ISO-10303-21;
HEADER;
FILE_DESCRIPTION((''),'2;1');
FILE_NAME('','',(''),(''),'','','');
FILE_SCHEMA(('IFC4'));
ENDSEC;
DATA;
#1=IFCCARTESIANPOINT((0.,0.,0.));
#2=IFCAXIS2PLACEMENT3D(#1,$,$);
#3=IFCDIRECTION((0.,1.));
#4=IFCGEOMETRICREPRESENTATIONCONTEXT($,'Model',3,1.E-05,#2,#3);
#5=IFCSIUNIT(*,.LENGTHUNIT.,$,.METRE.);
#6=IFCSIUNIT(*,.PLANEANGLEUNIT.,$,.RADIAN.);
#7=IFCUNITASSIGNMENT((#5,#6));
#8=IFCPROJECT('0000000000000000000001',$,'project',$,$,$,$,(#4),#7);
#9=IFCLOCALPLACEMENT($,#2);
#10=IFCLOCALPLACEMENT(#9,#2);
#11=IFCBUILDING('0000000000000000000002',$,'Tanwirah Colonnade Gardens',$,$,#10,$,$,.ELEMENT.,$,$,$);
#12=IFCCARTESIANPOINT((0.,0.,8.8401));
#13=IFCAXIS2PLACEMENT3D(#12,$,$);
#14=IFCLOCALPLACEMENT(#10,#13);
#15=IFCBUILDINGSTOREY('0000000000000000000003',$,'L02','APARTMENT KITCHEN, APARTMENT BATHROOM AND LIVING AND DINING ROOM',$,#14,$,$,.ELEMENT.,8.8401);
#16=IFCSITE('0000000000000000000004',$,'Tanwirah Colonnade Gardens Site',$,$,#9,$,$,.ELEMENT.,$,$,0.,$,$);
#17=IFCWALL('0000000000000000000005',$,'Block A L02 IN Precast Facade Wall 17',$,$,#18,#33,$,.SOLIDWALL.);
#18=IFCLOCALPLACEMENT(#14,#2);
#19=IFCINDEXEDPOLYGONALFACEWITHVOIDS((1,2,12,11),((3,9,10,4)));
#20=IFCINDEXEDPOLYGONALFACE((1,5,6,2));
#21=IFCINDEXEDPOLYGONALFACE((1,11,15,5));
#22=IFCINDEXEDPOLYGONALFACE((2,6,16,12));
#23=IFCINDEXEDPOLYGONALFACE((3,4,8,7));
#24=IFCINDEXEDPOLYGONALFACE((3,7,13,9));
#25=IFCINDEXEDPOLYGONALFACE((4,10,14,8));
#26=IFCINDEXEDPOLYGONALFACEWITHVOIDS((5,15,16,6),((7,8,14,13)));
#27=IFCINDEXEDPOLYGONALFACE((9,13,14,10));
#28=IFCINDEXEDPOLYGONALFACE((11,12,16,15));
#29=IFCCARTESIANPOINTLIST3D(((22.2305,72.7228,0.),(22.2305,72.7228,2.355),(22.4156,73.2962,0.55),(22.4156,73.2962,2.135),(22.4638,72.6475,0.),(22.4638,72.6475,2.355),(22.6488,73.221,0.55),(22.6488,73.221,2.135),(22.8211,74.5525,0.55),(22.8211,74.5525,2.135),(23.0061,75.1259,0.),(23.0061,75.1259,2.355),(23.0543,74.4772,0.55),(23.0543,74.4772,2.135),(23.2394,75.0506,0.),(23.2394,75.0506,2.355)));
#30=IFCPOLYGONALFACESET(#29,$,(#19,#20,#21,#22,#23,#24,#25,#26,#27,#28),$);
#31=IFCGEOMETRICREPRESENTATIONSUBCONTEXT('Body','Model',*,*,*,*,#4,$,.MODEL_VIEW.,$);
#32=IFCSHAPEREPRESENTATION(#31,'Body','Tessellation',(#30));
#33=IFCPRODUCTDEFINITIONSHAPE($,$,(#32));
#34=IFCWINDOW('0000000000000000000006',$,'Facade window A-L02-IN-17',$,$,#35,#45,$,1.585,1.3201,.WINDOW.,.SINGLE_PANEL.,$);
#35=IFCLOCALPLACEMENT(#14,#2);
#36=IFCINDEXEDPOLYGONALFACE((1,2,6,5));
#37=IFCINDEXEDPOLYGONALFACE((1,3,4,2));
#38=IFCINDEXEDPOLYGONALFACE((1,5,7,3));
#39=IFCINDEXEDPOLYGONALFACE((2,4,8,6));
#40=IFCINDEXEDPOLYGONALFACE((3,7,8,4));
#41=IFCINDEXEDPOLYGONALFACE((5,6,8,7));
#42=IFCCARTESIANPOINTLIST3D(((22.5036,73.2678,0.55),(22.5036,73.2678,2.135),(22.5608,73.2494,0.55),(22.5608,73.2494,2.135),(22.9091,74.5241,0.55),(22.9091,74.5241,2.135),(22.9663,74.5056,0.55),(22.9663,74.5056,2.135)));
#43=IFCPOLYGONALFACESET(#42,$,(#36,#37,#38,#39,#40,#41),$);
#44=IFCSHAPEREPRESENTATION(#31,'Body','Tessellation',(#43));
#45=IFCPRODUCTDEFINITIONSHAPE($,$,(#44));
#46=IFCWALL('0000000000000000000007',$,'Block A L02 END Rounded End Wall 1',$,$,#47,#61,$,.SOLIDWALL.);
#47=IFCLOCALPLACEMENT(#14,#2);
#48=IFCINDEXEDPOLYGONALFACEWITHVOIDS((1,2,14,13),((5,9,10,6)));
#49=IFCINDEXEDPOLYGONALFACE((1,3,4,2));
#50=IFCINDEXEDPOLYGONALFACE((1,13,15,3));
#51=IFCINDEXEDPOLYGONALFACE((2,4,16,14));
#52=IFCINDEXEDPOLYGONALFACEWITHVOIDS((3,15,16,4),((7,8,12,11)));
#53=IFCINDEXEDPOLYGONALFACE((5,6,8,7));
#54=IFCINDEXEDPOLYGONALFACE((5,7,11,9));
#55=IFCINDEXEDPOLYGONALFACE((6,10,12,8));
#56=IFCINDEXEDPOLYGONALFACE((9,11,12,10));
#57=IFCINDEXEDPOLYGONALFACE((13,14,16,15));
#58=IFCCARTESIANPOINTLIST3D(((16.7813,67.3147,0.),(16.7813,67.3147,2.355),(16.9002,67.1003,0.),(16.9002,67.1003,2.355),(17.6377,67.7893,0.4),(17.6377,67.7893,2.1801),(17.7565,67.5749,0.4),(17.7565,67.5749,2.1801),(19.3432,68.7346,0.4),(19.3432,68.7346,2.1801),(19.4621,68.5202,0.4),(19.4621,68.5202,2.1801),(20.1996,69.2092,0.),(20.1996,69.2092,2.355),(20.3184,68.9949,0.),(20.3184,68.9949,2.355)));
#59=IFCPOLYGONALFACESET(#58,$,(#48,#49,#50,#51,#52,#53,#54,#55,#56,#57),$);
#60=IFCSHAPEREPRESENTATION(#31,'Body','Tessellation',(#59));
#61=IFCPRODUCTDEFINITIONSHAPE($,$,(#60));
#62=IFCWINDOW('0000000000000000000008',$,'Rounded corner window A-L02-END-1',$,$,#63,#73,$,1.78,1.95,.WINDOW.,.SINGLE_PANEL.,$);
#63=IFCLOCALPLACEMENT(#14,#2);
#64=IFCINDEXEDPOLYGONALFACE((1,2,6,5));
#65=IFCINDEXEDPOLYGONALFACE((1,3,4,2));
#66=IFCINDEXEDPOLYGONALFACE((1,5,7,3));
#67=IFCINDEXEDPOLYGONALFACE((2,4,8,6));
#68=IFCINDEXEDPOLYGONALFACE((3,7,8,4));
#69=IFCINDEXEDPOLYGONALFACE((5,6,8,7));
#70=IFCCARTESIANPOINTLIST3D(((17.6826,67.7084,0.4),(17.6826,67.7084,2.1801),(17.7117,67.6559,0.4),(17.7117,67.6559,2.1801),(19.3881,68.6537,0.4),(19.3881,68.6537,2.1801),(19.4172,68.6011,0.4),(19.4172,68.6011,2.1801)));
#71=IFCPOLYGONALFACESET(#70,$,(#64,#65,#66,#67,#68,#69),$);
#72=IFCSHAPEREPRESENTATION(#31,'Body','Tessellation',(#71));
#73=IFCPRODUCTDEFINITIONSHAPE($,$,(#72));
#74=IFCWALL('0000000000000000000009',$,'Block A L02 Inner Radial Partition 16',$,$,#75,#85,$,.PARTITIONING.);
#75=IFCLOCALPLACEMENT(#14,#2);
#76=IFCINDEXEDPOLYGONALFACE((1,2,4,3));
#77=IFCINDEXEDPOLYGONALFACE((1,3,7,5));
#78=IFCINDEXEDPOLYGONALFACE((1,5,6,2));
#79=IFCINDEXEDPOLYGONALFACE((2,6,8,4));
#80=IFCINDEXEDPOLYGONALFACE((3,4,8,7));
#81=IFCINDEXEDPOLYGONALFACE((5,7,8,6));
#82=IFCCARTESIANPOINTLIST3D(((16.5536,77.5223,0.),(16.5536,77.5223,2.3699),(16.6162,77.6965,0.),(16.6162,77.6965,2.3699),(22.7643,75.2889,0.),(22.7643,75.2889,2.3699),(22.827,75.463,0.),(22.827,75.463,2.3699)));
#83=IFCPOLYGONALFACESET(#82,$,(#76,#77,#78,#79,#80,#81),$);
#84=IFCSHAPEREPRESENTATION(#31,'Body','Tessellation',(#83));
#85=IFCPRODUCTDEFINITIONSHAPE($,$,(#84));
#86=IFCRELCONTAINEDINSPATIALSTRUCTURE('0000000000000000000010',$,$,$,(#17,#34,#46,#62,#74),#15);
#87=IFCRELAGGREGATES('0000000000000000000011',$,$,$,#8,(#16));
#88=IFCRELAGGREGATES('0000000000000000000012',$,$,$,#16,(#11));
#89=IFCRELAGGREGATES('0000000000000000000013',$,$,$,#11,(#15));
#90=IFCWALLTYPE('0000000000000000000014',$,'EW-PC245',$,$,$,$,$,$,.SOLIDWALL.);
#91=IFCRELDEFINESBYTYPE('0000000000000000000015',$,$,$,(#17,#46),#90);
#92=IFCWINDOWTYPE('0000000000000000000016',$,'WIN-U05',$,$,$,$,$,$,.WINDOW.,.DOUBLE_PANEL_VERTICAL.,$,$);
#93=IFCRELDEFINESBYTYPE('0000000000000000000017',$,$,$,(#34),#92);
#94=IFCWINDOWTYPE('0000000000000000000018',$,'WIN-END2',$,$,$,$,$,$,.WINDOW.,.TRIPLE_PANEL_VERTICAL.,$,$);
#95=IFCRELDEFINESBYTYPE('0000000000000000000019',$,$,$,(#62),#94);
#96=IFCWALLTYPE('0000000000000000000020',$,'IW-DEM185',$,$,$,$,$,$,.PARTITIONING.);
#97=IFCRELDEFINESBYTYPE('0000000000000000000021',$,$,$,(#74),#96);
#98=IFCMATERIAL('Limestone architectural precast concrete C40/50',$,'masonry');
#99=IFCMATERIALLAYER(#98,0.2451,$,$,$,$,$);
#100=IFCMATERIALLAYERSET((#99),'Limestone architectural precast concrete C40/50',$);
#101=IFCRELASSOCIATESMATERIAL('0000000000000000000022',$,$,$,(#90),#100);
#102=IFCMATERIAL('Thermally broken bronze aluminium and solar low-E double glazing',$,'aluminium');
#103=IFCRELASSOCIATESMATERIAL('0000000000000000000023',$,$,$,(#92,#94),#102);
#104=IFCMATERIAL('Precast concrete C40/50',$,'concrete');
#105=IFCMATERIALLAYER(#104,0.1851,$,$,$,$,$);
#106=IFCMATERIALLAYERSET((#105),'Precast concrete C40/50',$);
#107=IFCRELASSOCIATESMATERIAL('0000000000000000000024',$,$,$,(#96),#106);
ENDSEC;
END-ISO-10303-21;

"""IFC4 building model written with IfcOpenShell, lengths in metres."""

from ifc_helpers import new_model, si_unit, direction, frame, frame_2d, origin, place, context, subcontext, project, spatial, rectangle, extrude, material, layer, layer_set, type_object, element, fill, save


model = new_model("IFC4")

# Units and contexts
model_context = context("Model", 3, precision=1e-05, world=origin(), true_north=direction((0.0, 1.0)))
body_context = subcontext(model_context, "Body", "Model", "MODEL_VIEW")
ifc_project = project(units=[si_unit("LENGTHUNIT", "METRE"), si_unit("PLANEANGLEUNIT", "RADIAN")], contexts=[model_context])

# Site, building, storey
site_placement = place(None, origin())
site = spatial("IfcSite", under=ifc_project, at=site_placement, Name="Tanwirah Colonnade Gardens Site", CompositionType="ELEMENT", RefElevation=0.0)
building_placement = place(site_placement, origin())
building = spatial("IfcBuilding", under=site, at=building_placement, Name="Tanwirah Colonnade Gardens", CompositionType="ELEMENT")
storey_placement = place(building_placement, frame((0.0, 0.0, 8.8401)))
storey = spatial("IfcBuildingStorey", under=building, at=storey_placement, Name="L02", Description="APARTMENT KITCHEN, APARTMENT BATHROOM AND LIVING AND DINING ROOM", CompositionType="ELEMENT", Elevation=8.8401)

# Shared definitions
ifc_material_1 = material(Name="Precast concrete C40/50", Category="concrete")

# Walls, openings, windows
ifc_material_2 = material(Name="Limestone architectural precast concrete C40/50", Category="masonry")
ifc_layer_1 = layer(ifc_material_2, 0.2451)
ifc_layer_set_1 = layer_set([ifc_layer_1], Name="Limestone architectural precast concrete C40/50")
wall_type_1 = type_object("IfcWallType", Name="EW-PC245", PredefinedType="SOLIDWALL", material=ifc_layer_set_1)
ifc_material_3 = material(Name="Thermally broken bronze aluminium and solar low-E double glazing", Category="aluminium")
wall_1_placement = place(storey_placement, frame((23.1228, 75.0884, 0.0), z_axis=(0.0, 0.0, 1.0), x_axis=(-0.307164, -0.951657, 0.0)))
wall_1 = element("IfcWall", 1, at=wall_1_placement, inside=storey, type_object=wall_type_1, Name="Block A L02 IN Precast Facade Wall 17", PredefinedType="SOLIDWALL", context=body_context, shape_type="SweptSolid", body=[
    extrude(rectangle(XDim=2.5251, YDim=0.2451, at=frame_2d((1.2627, 0.0))), origin(), (0.0, 0.0, 1.0), 2.355),
])
opening_1_placement = place(wall_1_placement, frame((0.6025, 0.0, 0.55)))
opening_1 = element("IfcOpeningElement", 2, at=opening_1_placement, cuts=wall_1, PredefinedType="OPENING", context=body_context, shape_type="SweptSolid", body=[
    extrude(rectangle(XDim=1.3201, YDim=1.585, at=frame_2d((0.6602, 0.7925))), frame((0.0, 0.1326, 0.0), z_axis=(0.0, -1.0, 0.0), x_axis=(1.0, 0.0, 0.0)), (0.0, 0.0, 1.0), 0.2651),
])
window_type_1 = type_object("IfcWindowType", Name="WIN-U05", PartitioningType="DOUBLE_PANEL_VERTICAL", PredefinedType="WINDOW", material=ifc_material_3)
window_1_placement = place(opening_1_placement, origin())
window_1 = element("IfcWindow", 3, at=window_1_placement, inside=storey, type_object=window_type_1, Name="Facade window A-L02-IN-17", OverallHeight=1.585, OverallWidth=1.3201, PartitioningType="SINGLE_PANEL", PredefinedType="WINDOW", context=body_context, shape_type="SweptSolid", body=[
    extrude(rectangle(XDim=1.3201, YDim=1.585, at=frame_2d((0.6602, 0.7925))), frame((0.0, 0.03, 0.0), z_axis=(0.0, -1.0, 0.0), x_axis=(1.0, 0.0, 0.0)), (0.0, 0.0, 1.0), 0.0601),
])
fill(opening_1, window_1)
wall_2_placement = place(storey_placement, frame((20.259, 69.1021, 0.0), z_axis=(0.0, 0.0, 1.0), x_axis=(-0.874643, -0.484768, 0.0)))
wall_2 = element("IfcWall", 4, at=wall_2_placement, inside=storey, type_object=wall_type_1, Name="Block A L02 END Rounded End Wall 1", PredefinedType="SOLIDWALL", context=body_context, shape_type="SweptSolid", body=[
    extrude(rectangle(XDim=3.9082, YDim=0.2451, at=frame_2d((1.9541, 0.0))), origin(), (0.0, 0.0, 1.0), 2.355),
])
opening_2_placement = place(wall_2_placement, frame((0.979, 0.0, 0.3999)))
opening_2 = element("IfcOpeningElement", 5, at=opening_2_placement, cuts=wall_2, PredefinedType="OPENING", context=body_context, shape_type="SweptSolid", body=[
    extrude(rectangle(XDim=1.95, YDim=1.78, at=frame_2d((0.9751, 0.8901))), frame((0.0, 0.1326, 0.0), z_axis=(0.0, -1.0, 0.0), x_axis=(1.0, 0.0, 0.0)), (0.0, 0.0, 1.0), 0.2651),
])
window_type_2 = type_object("IfcWindowType", Name="WIN-END2", PartitioningType="TRIPLE_PANEL_VERTICAL", PredefinedType="WINDOW", material=ifc_material_3)
window_2_placement = place(opening_2_placement, origin())
window_2 = element("IfcWindow", 6, at=window_2_placement, inside=storey, type_object=window_type_2, Name="Rounded corner window A-L02-END-1", OverallHeight=1.78, OverallWidth=1.95, PartitioningType="SINGLE_PANEL", PredefinedType="WINDOW", context=body_context, shape_type="SweptSolid", body=[
    extrude(rectangle(XDim=1.95, YDim=1.78, at=frame_2d((0.9751, 0.8901))), frame((0.0, 0.03, 0.0), z_axis=(0.0, -1.0, 0.0), x_axis=(1.0, 0.0, 0.0)), (0.0, 0.0, 1.0), 0.0601),
])
fill(opening_2, window_2)

# Wall
ifc_layer_2 = layer(ifc_material_1, 0.1851)
ifc_layer_set_2 = layer_set([ifc_layer_2], Name="Precast concrete C40/50")
wall_type_2 = type_object("IfcWallType", Name="IW-DEM185", PredefinedType="PARTITIONING", material=ifc_layer_set_2)
wall_3_placement = place(storey_placement, frame((22.7957, 75.376, 0.0), z_axis=(0.0, 0.0, 1.0), x_axis=(-0.941006, 0.338391, 0.0)))
element("IfcWall", 7, at=wall_3_placement, inside=storey, type_object=wall_type_2, Name="Block A L02 Inner Radial Partition 16", PredefinedType="PARTITIONING", context=body_context, shape_type="SweptSolid", body=[
    extrude(rectangle(XDim=6.6001, YDim=0.1851, at=frame_2d((3.3, 0.0))), origin(), (0.0, 0.0, 1.0), 2.3699),
])

save(model, "model.ifc")
